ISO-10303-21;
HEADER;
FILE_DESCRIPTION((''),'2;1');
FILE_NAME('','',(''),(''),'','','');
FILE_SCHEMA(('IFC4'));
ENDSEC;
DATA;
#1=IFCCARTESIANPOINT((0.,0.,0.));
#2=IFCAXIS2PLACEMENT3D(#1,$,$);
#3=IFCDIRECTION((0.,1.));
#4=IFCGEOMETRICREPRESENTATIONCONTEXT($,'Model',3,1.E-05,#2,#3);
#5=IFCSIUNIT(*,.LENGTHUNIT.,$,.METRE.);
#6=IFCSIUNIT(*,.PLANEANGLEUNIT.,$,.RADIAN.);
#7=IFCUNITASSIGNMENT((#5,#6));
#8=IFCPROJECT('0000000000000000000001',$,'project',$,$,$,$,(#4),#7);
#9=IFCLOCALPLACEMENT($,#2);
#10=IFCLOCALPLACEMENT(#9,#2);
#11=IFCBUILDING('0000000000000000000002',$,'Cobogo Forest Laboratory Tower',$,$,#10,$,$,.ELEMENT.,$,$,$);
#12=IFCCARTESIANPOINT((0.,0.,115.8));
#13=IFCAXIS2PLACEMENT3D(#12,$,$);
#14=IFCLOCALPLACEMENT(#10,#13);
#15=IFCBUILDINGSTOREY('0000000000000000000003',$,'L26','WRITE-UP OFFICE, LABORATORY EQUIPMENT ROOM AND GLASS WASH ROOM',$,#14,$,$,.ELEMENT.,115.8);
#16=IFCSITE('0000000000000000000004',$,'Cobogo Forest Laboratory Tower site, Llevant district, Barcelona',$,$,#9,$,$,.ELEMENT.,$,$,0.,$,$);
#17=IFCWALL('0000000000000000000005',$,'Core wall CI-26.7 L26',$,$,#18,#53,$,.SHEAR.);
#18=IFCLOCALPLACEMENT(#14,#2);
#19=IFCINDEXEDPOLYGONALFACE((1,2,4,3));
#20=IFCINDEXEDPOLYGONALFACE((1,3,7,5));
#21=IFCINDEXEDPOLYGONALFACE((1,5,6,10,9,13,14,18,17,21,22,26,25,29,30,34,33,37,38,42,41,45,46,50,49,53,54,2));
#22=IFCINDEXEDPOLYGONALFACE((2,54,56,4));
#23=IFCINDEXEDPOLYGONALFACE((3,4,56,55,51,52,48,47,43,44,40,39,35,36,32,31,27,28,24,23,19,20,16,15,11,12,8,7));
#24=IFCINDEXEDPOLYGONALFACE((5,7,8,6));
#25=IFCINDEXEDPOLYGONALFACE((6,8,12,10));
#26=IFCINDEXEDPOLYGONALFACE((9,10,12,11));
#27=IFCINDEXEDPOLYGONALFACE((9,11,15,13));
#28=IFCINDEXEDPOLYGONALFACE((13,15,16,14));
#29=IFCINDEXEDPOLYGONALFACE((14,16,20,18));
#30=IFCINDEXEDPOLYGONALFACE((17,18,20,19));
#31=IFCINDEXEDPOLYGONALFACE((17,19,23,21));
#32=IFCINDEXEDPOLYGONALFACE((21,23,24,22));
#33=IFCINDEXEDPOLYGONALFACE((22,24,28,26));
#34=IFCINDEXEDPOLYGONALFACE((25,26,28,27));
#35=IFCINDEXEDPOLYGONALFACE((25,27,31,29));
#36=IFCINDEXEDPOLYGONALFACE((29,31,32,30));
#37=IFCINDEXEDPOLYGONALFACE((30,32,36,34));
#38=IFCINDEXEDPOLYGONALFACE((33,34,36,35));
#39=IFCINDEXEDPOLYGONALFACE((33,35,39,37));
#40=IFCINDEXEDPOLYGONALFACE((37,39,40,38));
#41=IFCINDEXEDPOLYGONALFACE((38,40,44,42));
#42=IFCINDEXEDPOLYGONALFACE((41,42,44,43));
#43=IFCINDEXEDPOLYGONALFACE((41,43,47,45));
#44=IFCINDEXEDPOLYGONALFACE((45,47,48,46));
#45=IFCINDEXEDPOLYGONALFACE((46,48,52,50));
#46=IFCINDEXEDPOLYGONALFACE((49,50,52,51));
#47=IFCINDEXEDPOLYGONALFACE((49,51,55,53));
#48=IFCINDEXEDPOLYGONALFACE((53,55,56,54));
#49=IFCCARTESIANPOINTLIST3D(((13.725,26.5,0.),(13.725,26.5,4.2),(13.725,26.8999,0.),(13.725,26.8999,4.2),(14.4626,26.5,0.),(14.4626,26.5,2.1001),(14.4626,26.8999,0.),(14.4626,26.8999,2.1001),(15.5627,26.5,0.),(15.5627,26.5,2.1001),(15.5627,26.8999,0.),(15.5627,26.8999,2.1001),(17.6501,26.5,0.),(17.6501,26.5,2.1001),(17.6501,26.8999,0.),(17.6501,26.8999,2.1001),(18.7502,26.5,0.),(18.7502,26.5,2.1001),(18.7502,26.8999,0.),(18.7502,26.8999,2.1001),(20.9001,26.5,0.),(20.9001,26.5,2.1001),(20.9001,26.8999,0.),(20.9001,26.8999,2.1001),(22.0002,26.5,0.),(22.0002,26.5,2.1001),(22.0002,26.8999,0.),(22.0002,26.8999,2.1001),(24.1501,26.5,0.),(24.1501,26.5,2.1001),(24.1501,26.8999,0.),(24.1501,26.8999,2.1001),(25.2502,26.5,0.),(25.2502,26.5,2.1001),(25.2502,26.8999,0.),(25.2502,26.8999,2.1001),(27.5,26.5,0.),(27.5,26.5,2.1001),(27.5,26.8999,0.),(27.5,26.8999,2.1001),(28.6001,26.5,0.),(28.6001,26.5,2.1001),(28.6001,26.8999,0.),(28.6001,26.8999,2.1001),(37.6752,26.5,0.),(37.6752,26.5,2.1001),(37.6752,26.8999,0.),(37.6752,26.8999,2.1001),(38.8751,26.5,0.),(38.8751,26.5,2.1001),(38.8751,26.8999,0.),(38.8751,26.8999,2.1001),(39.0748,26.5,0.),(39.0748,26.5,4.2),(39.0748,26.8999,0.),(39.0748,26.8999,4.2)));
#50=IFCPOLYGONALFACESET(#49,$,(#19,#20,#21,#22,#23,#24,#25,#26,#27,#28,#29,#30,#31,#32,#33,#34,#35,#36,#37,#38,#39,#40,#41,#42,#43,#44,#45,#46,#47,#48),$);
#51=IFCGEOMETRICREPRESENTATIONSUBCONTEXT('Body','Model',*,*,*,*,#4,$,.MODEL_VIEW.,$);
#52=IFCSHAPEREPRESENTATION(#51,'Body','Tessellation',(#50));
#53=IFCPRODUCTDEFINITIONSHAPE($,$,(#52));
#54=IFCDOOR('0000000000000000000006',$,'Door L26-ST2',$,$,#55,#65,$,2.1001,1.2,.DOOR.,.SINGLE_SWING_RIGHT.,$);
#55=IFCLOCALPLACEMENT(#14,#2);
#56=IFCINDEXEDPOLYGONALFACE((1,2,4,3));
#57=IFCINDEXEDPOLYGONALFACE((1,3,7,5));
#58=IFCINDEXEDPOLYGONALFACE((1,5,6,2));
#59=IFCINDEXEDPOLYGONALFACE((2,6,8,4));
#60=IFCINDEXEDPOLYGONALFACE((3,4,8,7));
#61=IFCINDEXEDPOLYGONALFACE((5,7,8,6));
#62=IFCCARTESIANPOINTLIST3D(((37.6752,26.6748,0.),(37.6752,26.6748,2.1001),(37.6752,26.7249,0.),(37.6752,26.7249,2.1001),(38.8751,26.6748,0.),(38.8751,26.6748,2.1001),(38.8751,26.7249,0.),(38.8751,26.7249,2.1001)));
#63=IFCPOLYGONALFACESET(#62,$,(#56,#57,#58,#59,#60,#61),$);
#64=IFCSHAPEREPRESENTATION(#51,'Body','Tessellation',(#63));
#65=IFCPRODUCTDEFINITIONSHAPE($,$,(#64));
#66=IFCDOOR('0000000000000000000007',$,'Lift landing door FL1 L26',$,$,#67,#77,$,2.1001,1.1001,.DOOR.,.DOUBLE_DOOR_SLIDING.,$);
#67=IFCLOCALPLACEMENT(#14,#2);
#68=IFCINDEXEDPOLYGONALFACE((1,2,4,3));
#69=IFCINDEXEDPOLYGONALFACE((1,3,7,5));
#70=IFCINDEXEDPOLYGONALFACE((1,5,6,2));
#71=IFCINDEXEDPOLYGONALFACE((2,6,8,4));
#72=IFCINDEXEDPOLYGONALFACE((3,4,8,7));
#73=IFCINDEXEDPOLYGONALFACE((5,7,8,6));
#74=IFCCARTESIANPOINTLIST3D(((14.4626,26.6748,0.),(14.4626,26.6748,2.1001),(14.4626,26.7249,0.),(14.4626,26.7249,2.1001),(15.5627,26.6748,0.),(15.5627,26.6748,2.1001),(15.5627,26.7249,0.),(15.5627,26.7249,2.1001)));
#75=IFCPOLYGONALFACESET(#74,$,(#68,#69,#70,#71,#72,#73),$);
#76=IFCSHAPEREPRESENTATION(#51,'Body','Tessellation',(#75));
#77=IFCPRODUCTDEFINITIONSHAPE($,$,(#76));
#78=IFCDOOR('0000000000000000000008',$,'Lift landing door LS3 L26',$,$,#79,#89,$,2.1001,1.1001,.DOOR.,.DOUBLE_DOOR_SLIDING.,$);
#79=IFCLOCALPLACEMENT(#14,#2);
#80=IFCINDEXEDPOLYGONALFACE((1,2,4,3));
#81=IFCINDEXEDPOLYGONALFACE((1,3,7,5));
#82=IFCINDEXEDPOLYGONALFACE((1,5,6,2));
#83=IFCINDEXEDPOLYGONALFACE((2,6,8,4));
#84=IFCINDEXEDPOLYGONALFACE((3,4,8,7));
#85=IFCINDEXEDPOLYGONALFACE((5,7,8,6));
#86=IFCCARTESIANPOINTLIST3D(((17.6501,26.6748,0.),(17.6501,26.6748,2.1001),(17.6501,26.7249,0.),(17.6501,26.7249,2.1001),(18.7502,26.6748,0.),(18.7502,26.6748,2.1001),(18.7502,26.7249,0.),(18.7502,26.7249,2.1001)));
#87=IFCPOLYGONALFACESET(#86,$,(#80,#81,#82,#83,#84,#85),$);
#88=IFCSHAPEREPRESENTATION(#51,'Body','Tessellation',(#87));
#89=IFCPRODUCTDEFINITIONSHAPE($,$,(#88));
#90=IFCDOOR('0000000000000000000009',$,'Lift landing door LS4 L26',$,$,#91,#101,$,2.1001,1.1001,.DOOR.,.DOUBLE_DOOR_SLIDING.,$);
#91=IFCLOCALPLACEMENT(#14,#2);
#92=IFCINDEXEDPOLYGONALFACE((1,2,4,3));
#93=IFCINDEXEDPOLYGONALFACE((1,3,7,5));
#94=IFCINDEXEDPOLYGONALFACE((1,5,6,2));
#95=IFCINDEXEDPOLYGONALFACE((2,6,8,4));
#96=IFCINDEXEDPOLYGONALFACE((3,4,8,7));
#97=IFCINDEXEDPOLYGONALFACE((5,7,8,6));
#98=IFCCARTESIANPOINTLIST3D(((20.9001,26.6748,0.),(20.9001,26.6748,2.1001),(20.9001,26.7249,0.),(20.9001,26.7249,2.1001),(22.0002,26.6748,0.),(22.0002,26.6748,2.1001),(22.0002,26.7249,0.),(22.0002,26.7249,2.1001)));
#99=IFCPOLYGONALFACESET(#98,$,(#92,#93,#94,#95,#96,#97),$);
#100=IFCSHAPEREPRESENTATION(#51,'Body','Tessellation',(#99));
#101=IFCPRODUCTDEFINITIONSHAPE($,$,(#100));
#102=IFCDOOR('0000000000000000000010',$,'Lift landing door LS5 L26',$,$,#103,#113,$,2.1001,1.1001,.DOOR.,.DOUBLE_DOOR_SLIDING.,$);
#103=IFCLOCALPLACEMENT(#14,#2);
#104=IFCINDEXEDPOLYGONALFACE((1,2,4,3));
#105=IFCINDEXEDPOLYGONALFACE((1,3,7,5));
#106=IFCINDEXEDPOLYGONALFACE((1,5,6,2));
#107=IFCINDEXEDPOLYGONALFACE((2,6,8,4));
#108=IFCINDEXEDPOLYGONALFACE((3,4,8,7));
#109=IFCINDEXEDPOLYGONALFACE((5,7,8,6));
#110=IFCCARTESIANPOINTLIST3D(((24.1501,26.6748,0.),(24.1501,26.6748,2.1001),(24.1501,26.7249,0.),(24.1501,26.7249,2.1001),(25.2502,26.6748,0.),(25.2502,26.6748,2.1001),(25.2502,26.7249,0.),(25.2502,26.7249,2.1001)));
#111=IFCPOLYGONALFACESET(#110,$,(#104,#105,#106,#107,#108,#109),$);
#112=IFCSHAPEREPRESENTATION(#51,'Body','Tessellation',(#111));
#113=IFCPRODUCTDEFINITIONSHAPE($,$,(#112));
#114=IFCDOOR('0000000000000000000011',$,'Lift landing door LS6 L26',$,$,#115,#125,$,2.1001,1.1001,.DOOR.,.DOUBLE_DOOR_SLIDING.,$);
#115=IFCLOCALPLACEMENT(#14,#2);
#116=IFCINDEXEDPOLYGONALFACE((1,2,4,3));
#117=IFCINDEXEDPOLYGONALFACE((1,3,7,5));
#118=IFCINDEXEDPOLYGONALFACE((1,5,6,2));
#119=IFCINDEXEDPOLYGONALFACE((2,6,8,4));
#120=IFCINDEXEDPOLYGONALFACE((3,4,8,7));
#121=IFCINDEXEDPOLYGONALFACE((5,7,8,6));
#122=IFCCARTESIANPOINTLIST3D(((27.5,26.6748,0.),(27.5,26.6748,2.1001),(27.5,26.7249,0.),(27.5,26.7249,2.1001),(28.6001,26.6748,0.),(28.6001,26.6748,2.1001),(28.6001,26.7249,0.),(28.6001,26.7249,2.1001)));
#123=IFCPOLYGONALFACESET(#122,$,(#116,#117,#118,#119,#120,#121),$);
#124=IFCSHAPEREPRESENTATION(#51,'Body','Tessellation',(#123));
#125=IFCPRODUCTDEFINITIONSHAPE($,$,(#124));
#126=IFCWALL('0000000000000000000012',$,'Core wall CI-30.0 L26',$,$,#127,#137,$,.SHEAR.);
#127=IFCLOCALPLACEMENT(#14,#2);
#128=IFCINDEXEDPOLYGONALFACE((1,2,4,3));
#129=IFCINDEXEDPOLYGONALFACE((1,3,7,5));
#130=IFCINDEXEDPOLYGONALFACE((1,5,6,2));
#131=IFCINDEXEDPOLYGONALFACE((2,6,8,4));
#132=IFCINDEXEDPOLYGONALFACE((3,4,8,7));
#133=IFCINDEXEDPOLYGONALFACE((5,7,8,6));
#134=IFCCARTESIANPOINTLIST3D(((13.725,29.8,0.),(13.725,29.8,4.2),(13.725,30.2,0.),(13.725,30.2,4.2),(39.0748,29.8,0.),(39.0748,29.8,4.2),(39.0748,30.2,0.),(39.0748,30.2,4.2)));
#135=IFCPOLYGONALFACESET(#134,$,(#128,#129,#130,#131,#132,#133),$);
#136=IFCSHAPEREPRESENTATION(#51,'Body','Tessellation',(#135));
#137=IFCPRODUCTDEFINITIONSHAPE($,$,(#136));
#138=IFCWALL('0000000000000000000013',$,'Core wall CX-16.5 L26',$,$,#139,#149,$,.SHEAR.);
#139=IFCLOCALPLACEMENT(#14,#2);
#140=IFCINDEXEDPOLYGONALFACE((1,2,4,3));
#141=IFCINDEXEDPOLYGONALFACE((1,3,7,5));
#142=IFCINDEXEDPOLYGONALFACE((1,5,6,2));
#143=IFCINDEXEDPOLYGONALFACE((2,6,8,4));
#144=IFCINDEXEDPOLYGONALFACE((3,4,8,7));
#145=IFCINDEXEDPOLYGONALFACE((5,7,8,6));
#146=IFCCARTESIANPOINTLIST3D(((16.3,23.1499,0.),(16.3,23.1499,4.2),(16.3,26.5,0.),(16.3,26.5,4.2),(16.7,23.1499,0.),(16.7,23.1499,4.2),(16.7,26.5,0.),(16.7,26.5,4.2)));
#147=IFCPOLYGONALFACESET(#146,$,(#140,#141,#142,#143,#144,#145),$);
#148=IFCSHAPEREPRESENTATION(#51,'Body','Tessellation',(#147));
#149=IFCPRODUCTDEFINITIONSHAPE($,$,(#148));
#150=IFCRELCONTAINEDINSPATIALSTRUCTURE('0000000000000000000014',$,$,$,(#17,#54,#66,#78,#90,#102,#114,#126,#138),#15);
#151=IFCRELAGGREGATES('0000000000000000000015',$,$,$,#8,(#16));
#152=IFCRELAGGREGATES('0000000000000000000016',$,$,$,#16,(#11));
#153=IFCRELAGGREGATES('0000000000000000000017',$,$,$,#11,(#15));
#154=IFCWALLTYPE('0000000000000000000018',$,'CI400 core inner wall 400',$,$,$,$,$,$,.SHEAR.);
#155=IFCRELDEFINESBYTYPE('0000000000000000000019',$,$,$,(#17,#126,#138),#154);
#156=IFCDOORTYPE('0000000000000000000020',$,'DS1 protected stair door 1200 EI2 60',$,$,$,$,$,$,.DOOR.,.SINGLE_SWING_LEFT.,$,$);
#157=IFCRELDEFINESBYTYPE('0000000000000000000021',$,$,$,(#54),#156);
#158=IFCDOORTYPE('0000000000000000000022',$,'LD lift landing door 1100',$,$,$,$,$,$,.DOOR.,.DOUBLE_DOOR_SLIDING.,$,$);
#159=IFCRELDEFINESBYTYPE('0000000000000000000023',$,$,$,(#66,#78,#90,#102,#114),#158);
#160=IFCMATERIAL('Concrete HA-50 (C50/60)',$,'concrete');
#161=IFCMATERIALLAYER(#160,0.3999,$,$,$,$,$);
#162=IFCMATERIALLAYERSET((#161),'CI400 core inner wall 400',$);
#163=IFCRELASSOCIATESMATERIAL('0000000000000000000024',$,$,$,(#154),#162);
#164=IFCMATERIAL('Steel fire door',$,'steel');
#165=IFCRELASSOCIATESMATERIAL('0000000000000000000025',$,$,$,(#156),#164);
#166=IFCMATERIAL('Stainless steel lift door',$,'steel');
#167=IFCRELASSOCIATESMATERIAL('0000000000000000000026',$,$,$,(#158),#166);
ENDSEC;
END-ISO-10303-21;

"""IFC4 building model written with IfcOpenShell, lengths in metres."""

from ifc_helpers import new_model, si_unit, direction, frame, frame_2d, origin, place, context, subcontext, project, spatial, rectangle, extrude, material, layer, layer_set, type_object, element, fill, save


model = new_model("IFC4")

# Units and contexts
model_context = context("Model", 3, precision=1e-05, world=origin(), true_north=direction((0.0, 1.0)))
body_context = subcontext(model_context, "Body", "Model", "MODEL_VIEW")
ifc_project = project(units=[si_unit("LENGTHUNIT", "METRE"), si_unit("PLANEANGLEUNIT", "RADIAN")], contexts=[model_context])

# Site, building, storey
site_placement = place(None, origin())
site = spatial("IfcSite", under=ifc_project, at=site_placement, Name="Cobogo Forest Laboratory Tower site, Llevant district, Barcelona", CompositionType="ELEMENT", RefElevation=0.0)
building_placement = place(site_placement, origin())
building = spatial("IfcBuilding", under=site, at=building_placement, Name="Cobogo Forest Laboratory Tower", CompositionType="ELEMENT")
storey_placement = place(building_placement, frame((0.0, 0.0, 115.8)))
storey = spatial("IfcBuildingStorey", under=building, at=storey_placement, Name="L26", Description="WRITE-UP OFFICE, LABORATORY EQUIPMENT ROOM AND GLASS WASH ROOM", CompositionType="ELEMENT", Elevation=115.8)

# Shared definitions
ifc_material_1 = material(Name="Concrete HA-50 (C50/60)", Category="concrete")

# Shared definitions
ifc_layer_1 = layer(ifc_material_1, 0.3999)
ifc_layer_set_1 = layer_set([ifc_layer_1], Name="CI400 core inner wall 400")
wall_type_1 = type_object("IfcWallType", Name="CI400 core inner wall 400", PredefinedType="SHEAR", material=ifc_layer_set_1)

# Wall, openings, doors
wall_1_placement = place(storey_placement, frame((13.7251, 26.7, 0.0), z_axis=(0.0, 0.0, 1.0), x_axis=(1.0, 0.0, 0.0)))
wall_1 = element("IfcWall", 1, at=wall_1_placement, inside=storey, type_object=wall_type_1, Name="Core wall CI-26.7 L26", PredefinedType="SHEAR", context=body_context, shape_type="SweptSolid", body=[
    extrude(rectangle(XDim=25.3499, YDim=0.3999, at=frame_2d((12.6748, 0.0))), origin(), (0.0, 0.0, 1.0), 4.2),
])
opening_1_placement = place(wall_1_placement, frame((23.95, 0.0, 0.0)))
opening_1 = element("IfcOpeningElement", 2, at=opening_1_placement, cuts=wall_1, PredefinedType="OPENING", context=body_context, shape_type="SweptSolid", body=[
    extrude(rectangle(XDim=1.2, YDim=2.1001, at=frame_2d((0.6001, 1.05))), frame((0.0, 0.21, 0.0), z_axis=(0.0, -1.0, 0.0), x_axis=(1.0, 0.0, 0.0)), (0.0, 0.0, 1.0), 0.4199),
])
opening_2_placement = place(wall_1_placement, frame((0.7375, 0.0, 0.0)))
opening_2 = element("IfcOpeningElement", 3, at=opening_2_placement, cuts=wall_1, PredefinedType="OPENING", context=body_context, shape_type="SweptSolid", body=[
    extrude(rectangle(XDim=1.1001, YDim=2.1001, at=frame_2d((0.55, 1.05))), frame((0.0, 0.21, 0.0), z_axis=(0.0, -1.0, 0.0), x_axis=(1.0, 0.0, 0.0)), (0.0, 0.0, 1.0), 0.4199),
])
opening_3_placement = place(wall_1_placement, frame((3.925, 0.0, 0.0)))
opening_3 = element("IfcOpeningElement", 4, at=opening_3_placement, cuts=wall_1, PredefinedType="OPENING", context=body_context, shape_type="SweptSolid", body=[
    extrude(rectangle(XDim=1.1001, YDim=2.1001, at=frame_2d((0.55, 1.05))), frame((0.0, 0.21, 0.0), z_axis=(0.0, -1.0, 0.0), x_axis=(1.0, 0.0, 0.0)), (0.0, 0.0, 1.0), 0.4199),
])
opening_4_placement = place(wall_1_placement, frame((7.175, 0.0, 0.0)))
opening_4 = element("IfcOpeningElement", 5, at=opening_4_placement, cuts=wall_1, PredefinedType="OPENING", context=body_context, shape_type="SweptSolid", body=[
    extrude(rectangle(XDim=1.1001, YDim=2.1001, at=frame_2d((0.55, 1.05))), frame((0.0, 0.21, 0.0), z_axis=(0.0, -1.0, 0.0), x_axis=(1.0, 0.0, 0.0)), (0.0, 0.0, 1.0), 0.4199),
])
opening_5_placement = place(wall_1_placement, frame((10.425, 0.0, 0.0)))
opening_5 = element("IfcOpeningElement", 6, at=opening_5_placement, cuts=wall_1, PredefinedType="OPENING", context=body_context, shape_type="SweptSolid", body=[
    extrude(rectangle(XDim=1.1001, YDim=2.1001, at=frame_2d((0.55, 1.05))), frame((0.0, 0.21, 0.0), z_axis=(0.0, -1.0, 0.0), x_axis=(1.0, 0.0, 0.0)), (0.0, 0.0, 1.0), 0.4199),
])
opening_6_placement = place(wall_1_placement, frame((13.7749, 0.0, 0.0)))
opening_6 = element("IfcOpeningElement", 7, at=opening_6_placement, cuts=wall_1, PredefinedType="OPENING", context=body_context, shape_type="SweptSolid", body=[
    extrude(rectangle(XDim=1.1001, YDim=2.1001, at=frame_2d((0.55, 1.05))), frame((0.0, 0.21, 0.0), z_axis=(0.0, -1.0, 0.0), x_axis=(1.0, 0.0, 0.0)), (0.0, 0.0, 1.0), 0.4199),
])
ifc_material_2 = material(Name="Steel fire door", Category="steel")
door_type_1 = type_object("IfcDoorType", Name="DS1 protected stair door 1200 EI2 60", OperationType="SINGLE_SWING_LEFT", PredefinedType="DOOR", material=ifc_material_2)
door_1_placement = place(opening_1_placement, origin())
door_1 = element("IfcDoor", 8, at=door_1_placement, inside=storey, type_object=door_type_1, Name="Door L26-ST2", OperationType="SINGLE_SWING_RIGHT", OverallHeight=2.1001, OverallWidth=1.2, PredefinedType="DOOR", context=body_context, shape_type="SweptSolid", body=[
    extrude(rectangle(XDim=1.2, YDim=2.1001, at=frame_2d((0.6001, 1.05))), frame((0.0, 0.0249, 0.0), z_axis=(0.0, -1.0, 0.0), x_axis=(1.0, 0.0, 0.0)), (0.0, 0.0, 1.0), 0.05),
])
fill(opening_1, door_1)
ifc_material_3 = material(Name="Stainless steel lift door", Category="steel")
door_type_2 = type_object("IfcDoorType", Name="LD lift landing door 1100", OperationType="DOUBLE_DOOR_SLIDING", PredefinedType="DOOR", material=ifc_material_3)
door_2_placement = place(opening_2_placement, origin())
door_2 = element("IfcDoor", 9, at=door_2_placement, inside=storey, type_object=door_type_2, Name="Lift landing door FL1 L26", OperationType="DOUBLE_DOOR_SLIDING", OverallHeight=2.1001, OverallWidth=1.1001, PredefinedType="DOOR", context=body_context, shape_type="SweptSolid", body=[
    extrude(rectangle(XDim=1.1001, YDim=2.1001, at=frame_2d((0.55, 1.05))), frame((0.0, 0.0249, 0.0), z_axis=(0.0, -1.0, 0.0), x_axis=(1.0, 0.0, 0.0)), (0.0, 0.0, 1.0), 0.05),
])
fill(opening_2, door_2)
door_3_placement = place(opening_3_placement, origin())
door_3 = element("IfcDoor", 10, at=door_3_placement, inside=storey, type_object=door_type_2, Name="Lift landing door LS3 L26", OperationType="DOUBLE_DOOR_SLIDING", OverallHeight=2.1001, OverallWidth=1.1001, PredefinedType="DOOR", context=body_context, shape_type="SweptSolid", body=[
    extrude(rectangle(XDim=1.1001, YDim=2.1001, at=frame_2d((0.55, 1.05))), frame((0.0, 0.0249, 0.0), z_axis=(0.0, -1.0, 0.0), x_axis=(1.0, 0.0, 0.0)), (0.0, 0.0, 1.0), 0.05),
])
fill(opening_3, door_3)
door_4_placement = place(opening_4_placement, origin())
door_4 = element("IfcDoor", 11, at=door_4_placement, inside=storey, type_object=door_type_2, Name="Lift landing door LS4 L26", OperationType="DOUBLE_DOOR_SLIDING", OverallHeight=2.1001, OverallWidth=1.1001, PredefinedType="DOOR", context=body_context, shape_type="SweptSolid", body=[
    extrude(rectangle(XDim=1.1001, YDim=2.1001, at=frame_2d((0.55, 1.05))), frame((0.0, 0.0249, 0.0), z_axis=(0.0, -1.0, 0.0), x_axis=(1.0, 0.0, 0.0)), (0.0, 0.0, 1.0), 0.05),
])
fill(opening_4, door_4)
door_5_placement = place(opening_5_placement, origin())
door_5 = element("IfcDoor", 12, at=door_5_placement, inside=storey, type_object=door_type_2, Name="Lift landing door LS5 L26", OperationType="DOUBLE_DOOR_SLIDING", OverallHeight=2.1001, OverallWidth=1.1001, PredefinedType="DOOR", context=body_context, shape_type="SweptSolid", body=[
    extrude(rectangle(XDim=1.1001, YDim=2.1001, at=frame_2d((0.55, 1.05))), frame((0.0, 0.0249, 0.0), z_axis=(0.0, -1.0, 0.0), x_axis=(1.0, 0.0, 0.0)), (0.0, 0.0, 1.0), 0.05),
])
fill(opening_5, door_5)
door_6_placement = place(opening_6_placement, origin())
door_6 = element("IfcDoor", 13, at=door_6_placement, inside=storey, type_object=door_type_2, Name="Lift landing door LS6 L26", OperationType="DOUBLE_DOOR_SLIDING", OverallHeight=2.1001, OverallWidth=1.1001, PredefinedType="DOOR", context=body_context, shape_type="SweptSolid", body=[
    extrude(rectangle(XDim=1.1001, YDim=2.1001, at=frame_2d((0.55, 1.05))), frame((0.0, 0.0249, 0.0), z_axis=(0.0, -1.0, 0.0), x_axis=(1.0, 0.0, 0.0)), (0.0, 0.0, 1.0), 0.05),
])
fill(opening_6, door_6)

# Walls
wall_2_placement = place(storey_placement, frame((13.7251, 30.0, 0.0), z_axis=(0.0, 0.0, 1.0), x_axis=(1.0, 0.0, 0.0)))
element("IfcWall", 14, at=wall_2_placement, inside=storey, type_object=wall_type_1, Name="Core wall CI-30.0 L26", PredefinedType="SHEAR", context=body_context, shape_type="SweptSolid", body=[
    extrude(rectangle(XDim=25.3499, YDim=0.3999, at=frame_2d((12.6748, 0.0))), origin(), (0.0, 0.0, 1.0), 4.2),
])
wall_3_placement = place(storey_placement, frame((16.5, 23.1499, 0.0), z_axis=(0.0, 0.0, 1.0), x_axis=(0.0, 1.0, 0.0)))
element("IfcWall", 15, at=wall_3_placement, inside=storey, type_object=wall_type_1, Name="Core wall CX-16.5 L26", PredefinedType="SHEAR", context=body_context, shape_type="SweptSolid", body=[
    extrude(rectangle(XDim=3.3501, YDim=0.3999, at=frame_2d((1.675, 0.0))), origin(), (0.0, 0.0, 1.0), 4.2),
])

save(model, "model.ifc")
